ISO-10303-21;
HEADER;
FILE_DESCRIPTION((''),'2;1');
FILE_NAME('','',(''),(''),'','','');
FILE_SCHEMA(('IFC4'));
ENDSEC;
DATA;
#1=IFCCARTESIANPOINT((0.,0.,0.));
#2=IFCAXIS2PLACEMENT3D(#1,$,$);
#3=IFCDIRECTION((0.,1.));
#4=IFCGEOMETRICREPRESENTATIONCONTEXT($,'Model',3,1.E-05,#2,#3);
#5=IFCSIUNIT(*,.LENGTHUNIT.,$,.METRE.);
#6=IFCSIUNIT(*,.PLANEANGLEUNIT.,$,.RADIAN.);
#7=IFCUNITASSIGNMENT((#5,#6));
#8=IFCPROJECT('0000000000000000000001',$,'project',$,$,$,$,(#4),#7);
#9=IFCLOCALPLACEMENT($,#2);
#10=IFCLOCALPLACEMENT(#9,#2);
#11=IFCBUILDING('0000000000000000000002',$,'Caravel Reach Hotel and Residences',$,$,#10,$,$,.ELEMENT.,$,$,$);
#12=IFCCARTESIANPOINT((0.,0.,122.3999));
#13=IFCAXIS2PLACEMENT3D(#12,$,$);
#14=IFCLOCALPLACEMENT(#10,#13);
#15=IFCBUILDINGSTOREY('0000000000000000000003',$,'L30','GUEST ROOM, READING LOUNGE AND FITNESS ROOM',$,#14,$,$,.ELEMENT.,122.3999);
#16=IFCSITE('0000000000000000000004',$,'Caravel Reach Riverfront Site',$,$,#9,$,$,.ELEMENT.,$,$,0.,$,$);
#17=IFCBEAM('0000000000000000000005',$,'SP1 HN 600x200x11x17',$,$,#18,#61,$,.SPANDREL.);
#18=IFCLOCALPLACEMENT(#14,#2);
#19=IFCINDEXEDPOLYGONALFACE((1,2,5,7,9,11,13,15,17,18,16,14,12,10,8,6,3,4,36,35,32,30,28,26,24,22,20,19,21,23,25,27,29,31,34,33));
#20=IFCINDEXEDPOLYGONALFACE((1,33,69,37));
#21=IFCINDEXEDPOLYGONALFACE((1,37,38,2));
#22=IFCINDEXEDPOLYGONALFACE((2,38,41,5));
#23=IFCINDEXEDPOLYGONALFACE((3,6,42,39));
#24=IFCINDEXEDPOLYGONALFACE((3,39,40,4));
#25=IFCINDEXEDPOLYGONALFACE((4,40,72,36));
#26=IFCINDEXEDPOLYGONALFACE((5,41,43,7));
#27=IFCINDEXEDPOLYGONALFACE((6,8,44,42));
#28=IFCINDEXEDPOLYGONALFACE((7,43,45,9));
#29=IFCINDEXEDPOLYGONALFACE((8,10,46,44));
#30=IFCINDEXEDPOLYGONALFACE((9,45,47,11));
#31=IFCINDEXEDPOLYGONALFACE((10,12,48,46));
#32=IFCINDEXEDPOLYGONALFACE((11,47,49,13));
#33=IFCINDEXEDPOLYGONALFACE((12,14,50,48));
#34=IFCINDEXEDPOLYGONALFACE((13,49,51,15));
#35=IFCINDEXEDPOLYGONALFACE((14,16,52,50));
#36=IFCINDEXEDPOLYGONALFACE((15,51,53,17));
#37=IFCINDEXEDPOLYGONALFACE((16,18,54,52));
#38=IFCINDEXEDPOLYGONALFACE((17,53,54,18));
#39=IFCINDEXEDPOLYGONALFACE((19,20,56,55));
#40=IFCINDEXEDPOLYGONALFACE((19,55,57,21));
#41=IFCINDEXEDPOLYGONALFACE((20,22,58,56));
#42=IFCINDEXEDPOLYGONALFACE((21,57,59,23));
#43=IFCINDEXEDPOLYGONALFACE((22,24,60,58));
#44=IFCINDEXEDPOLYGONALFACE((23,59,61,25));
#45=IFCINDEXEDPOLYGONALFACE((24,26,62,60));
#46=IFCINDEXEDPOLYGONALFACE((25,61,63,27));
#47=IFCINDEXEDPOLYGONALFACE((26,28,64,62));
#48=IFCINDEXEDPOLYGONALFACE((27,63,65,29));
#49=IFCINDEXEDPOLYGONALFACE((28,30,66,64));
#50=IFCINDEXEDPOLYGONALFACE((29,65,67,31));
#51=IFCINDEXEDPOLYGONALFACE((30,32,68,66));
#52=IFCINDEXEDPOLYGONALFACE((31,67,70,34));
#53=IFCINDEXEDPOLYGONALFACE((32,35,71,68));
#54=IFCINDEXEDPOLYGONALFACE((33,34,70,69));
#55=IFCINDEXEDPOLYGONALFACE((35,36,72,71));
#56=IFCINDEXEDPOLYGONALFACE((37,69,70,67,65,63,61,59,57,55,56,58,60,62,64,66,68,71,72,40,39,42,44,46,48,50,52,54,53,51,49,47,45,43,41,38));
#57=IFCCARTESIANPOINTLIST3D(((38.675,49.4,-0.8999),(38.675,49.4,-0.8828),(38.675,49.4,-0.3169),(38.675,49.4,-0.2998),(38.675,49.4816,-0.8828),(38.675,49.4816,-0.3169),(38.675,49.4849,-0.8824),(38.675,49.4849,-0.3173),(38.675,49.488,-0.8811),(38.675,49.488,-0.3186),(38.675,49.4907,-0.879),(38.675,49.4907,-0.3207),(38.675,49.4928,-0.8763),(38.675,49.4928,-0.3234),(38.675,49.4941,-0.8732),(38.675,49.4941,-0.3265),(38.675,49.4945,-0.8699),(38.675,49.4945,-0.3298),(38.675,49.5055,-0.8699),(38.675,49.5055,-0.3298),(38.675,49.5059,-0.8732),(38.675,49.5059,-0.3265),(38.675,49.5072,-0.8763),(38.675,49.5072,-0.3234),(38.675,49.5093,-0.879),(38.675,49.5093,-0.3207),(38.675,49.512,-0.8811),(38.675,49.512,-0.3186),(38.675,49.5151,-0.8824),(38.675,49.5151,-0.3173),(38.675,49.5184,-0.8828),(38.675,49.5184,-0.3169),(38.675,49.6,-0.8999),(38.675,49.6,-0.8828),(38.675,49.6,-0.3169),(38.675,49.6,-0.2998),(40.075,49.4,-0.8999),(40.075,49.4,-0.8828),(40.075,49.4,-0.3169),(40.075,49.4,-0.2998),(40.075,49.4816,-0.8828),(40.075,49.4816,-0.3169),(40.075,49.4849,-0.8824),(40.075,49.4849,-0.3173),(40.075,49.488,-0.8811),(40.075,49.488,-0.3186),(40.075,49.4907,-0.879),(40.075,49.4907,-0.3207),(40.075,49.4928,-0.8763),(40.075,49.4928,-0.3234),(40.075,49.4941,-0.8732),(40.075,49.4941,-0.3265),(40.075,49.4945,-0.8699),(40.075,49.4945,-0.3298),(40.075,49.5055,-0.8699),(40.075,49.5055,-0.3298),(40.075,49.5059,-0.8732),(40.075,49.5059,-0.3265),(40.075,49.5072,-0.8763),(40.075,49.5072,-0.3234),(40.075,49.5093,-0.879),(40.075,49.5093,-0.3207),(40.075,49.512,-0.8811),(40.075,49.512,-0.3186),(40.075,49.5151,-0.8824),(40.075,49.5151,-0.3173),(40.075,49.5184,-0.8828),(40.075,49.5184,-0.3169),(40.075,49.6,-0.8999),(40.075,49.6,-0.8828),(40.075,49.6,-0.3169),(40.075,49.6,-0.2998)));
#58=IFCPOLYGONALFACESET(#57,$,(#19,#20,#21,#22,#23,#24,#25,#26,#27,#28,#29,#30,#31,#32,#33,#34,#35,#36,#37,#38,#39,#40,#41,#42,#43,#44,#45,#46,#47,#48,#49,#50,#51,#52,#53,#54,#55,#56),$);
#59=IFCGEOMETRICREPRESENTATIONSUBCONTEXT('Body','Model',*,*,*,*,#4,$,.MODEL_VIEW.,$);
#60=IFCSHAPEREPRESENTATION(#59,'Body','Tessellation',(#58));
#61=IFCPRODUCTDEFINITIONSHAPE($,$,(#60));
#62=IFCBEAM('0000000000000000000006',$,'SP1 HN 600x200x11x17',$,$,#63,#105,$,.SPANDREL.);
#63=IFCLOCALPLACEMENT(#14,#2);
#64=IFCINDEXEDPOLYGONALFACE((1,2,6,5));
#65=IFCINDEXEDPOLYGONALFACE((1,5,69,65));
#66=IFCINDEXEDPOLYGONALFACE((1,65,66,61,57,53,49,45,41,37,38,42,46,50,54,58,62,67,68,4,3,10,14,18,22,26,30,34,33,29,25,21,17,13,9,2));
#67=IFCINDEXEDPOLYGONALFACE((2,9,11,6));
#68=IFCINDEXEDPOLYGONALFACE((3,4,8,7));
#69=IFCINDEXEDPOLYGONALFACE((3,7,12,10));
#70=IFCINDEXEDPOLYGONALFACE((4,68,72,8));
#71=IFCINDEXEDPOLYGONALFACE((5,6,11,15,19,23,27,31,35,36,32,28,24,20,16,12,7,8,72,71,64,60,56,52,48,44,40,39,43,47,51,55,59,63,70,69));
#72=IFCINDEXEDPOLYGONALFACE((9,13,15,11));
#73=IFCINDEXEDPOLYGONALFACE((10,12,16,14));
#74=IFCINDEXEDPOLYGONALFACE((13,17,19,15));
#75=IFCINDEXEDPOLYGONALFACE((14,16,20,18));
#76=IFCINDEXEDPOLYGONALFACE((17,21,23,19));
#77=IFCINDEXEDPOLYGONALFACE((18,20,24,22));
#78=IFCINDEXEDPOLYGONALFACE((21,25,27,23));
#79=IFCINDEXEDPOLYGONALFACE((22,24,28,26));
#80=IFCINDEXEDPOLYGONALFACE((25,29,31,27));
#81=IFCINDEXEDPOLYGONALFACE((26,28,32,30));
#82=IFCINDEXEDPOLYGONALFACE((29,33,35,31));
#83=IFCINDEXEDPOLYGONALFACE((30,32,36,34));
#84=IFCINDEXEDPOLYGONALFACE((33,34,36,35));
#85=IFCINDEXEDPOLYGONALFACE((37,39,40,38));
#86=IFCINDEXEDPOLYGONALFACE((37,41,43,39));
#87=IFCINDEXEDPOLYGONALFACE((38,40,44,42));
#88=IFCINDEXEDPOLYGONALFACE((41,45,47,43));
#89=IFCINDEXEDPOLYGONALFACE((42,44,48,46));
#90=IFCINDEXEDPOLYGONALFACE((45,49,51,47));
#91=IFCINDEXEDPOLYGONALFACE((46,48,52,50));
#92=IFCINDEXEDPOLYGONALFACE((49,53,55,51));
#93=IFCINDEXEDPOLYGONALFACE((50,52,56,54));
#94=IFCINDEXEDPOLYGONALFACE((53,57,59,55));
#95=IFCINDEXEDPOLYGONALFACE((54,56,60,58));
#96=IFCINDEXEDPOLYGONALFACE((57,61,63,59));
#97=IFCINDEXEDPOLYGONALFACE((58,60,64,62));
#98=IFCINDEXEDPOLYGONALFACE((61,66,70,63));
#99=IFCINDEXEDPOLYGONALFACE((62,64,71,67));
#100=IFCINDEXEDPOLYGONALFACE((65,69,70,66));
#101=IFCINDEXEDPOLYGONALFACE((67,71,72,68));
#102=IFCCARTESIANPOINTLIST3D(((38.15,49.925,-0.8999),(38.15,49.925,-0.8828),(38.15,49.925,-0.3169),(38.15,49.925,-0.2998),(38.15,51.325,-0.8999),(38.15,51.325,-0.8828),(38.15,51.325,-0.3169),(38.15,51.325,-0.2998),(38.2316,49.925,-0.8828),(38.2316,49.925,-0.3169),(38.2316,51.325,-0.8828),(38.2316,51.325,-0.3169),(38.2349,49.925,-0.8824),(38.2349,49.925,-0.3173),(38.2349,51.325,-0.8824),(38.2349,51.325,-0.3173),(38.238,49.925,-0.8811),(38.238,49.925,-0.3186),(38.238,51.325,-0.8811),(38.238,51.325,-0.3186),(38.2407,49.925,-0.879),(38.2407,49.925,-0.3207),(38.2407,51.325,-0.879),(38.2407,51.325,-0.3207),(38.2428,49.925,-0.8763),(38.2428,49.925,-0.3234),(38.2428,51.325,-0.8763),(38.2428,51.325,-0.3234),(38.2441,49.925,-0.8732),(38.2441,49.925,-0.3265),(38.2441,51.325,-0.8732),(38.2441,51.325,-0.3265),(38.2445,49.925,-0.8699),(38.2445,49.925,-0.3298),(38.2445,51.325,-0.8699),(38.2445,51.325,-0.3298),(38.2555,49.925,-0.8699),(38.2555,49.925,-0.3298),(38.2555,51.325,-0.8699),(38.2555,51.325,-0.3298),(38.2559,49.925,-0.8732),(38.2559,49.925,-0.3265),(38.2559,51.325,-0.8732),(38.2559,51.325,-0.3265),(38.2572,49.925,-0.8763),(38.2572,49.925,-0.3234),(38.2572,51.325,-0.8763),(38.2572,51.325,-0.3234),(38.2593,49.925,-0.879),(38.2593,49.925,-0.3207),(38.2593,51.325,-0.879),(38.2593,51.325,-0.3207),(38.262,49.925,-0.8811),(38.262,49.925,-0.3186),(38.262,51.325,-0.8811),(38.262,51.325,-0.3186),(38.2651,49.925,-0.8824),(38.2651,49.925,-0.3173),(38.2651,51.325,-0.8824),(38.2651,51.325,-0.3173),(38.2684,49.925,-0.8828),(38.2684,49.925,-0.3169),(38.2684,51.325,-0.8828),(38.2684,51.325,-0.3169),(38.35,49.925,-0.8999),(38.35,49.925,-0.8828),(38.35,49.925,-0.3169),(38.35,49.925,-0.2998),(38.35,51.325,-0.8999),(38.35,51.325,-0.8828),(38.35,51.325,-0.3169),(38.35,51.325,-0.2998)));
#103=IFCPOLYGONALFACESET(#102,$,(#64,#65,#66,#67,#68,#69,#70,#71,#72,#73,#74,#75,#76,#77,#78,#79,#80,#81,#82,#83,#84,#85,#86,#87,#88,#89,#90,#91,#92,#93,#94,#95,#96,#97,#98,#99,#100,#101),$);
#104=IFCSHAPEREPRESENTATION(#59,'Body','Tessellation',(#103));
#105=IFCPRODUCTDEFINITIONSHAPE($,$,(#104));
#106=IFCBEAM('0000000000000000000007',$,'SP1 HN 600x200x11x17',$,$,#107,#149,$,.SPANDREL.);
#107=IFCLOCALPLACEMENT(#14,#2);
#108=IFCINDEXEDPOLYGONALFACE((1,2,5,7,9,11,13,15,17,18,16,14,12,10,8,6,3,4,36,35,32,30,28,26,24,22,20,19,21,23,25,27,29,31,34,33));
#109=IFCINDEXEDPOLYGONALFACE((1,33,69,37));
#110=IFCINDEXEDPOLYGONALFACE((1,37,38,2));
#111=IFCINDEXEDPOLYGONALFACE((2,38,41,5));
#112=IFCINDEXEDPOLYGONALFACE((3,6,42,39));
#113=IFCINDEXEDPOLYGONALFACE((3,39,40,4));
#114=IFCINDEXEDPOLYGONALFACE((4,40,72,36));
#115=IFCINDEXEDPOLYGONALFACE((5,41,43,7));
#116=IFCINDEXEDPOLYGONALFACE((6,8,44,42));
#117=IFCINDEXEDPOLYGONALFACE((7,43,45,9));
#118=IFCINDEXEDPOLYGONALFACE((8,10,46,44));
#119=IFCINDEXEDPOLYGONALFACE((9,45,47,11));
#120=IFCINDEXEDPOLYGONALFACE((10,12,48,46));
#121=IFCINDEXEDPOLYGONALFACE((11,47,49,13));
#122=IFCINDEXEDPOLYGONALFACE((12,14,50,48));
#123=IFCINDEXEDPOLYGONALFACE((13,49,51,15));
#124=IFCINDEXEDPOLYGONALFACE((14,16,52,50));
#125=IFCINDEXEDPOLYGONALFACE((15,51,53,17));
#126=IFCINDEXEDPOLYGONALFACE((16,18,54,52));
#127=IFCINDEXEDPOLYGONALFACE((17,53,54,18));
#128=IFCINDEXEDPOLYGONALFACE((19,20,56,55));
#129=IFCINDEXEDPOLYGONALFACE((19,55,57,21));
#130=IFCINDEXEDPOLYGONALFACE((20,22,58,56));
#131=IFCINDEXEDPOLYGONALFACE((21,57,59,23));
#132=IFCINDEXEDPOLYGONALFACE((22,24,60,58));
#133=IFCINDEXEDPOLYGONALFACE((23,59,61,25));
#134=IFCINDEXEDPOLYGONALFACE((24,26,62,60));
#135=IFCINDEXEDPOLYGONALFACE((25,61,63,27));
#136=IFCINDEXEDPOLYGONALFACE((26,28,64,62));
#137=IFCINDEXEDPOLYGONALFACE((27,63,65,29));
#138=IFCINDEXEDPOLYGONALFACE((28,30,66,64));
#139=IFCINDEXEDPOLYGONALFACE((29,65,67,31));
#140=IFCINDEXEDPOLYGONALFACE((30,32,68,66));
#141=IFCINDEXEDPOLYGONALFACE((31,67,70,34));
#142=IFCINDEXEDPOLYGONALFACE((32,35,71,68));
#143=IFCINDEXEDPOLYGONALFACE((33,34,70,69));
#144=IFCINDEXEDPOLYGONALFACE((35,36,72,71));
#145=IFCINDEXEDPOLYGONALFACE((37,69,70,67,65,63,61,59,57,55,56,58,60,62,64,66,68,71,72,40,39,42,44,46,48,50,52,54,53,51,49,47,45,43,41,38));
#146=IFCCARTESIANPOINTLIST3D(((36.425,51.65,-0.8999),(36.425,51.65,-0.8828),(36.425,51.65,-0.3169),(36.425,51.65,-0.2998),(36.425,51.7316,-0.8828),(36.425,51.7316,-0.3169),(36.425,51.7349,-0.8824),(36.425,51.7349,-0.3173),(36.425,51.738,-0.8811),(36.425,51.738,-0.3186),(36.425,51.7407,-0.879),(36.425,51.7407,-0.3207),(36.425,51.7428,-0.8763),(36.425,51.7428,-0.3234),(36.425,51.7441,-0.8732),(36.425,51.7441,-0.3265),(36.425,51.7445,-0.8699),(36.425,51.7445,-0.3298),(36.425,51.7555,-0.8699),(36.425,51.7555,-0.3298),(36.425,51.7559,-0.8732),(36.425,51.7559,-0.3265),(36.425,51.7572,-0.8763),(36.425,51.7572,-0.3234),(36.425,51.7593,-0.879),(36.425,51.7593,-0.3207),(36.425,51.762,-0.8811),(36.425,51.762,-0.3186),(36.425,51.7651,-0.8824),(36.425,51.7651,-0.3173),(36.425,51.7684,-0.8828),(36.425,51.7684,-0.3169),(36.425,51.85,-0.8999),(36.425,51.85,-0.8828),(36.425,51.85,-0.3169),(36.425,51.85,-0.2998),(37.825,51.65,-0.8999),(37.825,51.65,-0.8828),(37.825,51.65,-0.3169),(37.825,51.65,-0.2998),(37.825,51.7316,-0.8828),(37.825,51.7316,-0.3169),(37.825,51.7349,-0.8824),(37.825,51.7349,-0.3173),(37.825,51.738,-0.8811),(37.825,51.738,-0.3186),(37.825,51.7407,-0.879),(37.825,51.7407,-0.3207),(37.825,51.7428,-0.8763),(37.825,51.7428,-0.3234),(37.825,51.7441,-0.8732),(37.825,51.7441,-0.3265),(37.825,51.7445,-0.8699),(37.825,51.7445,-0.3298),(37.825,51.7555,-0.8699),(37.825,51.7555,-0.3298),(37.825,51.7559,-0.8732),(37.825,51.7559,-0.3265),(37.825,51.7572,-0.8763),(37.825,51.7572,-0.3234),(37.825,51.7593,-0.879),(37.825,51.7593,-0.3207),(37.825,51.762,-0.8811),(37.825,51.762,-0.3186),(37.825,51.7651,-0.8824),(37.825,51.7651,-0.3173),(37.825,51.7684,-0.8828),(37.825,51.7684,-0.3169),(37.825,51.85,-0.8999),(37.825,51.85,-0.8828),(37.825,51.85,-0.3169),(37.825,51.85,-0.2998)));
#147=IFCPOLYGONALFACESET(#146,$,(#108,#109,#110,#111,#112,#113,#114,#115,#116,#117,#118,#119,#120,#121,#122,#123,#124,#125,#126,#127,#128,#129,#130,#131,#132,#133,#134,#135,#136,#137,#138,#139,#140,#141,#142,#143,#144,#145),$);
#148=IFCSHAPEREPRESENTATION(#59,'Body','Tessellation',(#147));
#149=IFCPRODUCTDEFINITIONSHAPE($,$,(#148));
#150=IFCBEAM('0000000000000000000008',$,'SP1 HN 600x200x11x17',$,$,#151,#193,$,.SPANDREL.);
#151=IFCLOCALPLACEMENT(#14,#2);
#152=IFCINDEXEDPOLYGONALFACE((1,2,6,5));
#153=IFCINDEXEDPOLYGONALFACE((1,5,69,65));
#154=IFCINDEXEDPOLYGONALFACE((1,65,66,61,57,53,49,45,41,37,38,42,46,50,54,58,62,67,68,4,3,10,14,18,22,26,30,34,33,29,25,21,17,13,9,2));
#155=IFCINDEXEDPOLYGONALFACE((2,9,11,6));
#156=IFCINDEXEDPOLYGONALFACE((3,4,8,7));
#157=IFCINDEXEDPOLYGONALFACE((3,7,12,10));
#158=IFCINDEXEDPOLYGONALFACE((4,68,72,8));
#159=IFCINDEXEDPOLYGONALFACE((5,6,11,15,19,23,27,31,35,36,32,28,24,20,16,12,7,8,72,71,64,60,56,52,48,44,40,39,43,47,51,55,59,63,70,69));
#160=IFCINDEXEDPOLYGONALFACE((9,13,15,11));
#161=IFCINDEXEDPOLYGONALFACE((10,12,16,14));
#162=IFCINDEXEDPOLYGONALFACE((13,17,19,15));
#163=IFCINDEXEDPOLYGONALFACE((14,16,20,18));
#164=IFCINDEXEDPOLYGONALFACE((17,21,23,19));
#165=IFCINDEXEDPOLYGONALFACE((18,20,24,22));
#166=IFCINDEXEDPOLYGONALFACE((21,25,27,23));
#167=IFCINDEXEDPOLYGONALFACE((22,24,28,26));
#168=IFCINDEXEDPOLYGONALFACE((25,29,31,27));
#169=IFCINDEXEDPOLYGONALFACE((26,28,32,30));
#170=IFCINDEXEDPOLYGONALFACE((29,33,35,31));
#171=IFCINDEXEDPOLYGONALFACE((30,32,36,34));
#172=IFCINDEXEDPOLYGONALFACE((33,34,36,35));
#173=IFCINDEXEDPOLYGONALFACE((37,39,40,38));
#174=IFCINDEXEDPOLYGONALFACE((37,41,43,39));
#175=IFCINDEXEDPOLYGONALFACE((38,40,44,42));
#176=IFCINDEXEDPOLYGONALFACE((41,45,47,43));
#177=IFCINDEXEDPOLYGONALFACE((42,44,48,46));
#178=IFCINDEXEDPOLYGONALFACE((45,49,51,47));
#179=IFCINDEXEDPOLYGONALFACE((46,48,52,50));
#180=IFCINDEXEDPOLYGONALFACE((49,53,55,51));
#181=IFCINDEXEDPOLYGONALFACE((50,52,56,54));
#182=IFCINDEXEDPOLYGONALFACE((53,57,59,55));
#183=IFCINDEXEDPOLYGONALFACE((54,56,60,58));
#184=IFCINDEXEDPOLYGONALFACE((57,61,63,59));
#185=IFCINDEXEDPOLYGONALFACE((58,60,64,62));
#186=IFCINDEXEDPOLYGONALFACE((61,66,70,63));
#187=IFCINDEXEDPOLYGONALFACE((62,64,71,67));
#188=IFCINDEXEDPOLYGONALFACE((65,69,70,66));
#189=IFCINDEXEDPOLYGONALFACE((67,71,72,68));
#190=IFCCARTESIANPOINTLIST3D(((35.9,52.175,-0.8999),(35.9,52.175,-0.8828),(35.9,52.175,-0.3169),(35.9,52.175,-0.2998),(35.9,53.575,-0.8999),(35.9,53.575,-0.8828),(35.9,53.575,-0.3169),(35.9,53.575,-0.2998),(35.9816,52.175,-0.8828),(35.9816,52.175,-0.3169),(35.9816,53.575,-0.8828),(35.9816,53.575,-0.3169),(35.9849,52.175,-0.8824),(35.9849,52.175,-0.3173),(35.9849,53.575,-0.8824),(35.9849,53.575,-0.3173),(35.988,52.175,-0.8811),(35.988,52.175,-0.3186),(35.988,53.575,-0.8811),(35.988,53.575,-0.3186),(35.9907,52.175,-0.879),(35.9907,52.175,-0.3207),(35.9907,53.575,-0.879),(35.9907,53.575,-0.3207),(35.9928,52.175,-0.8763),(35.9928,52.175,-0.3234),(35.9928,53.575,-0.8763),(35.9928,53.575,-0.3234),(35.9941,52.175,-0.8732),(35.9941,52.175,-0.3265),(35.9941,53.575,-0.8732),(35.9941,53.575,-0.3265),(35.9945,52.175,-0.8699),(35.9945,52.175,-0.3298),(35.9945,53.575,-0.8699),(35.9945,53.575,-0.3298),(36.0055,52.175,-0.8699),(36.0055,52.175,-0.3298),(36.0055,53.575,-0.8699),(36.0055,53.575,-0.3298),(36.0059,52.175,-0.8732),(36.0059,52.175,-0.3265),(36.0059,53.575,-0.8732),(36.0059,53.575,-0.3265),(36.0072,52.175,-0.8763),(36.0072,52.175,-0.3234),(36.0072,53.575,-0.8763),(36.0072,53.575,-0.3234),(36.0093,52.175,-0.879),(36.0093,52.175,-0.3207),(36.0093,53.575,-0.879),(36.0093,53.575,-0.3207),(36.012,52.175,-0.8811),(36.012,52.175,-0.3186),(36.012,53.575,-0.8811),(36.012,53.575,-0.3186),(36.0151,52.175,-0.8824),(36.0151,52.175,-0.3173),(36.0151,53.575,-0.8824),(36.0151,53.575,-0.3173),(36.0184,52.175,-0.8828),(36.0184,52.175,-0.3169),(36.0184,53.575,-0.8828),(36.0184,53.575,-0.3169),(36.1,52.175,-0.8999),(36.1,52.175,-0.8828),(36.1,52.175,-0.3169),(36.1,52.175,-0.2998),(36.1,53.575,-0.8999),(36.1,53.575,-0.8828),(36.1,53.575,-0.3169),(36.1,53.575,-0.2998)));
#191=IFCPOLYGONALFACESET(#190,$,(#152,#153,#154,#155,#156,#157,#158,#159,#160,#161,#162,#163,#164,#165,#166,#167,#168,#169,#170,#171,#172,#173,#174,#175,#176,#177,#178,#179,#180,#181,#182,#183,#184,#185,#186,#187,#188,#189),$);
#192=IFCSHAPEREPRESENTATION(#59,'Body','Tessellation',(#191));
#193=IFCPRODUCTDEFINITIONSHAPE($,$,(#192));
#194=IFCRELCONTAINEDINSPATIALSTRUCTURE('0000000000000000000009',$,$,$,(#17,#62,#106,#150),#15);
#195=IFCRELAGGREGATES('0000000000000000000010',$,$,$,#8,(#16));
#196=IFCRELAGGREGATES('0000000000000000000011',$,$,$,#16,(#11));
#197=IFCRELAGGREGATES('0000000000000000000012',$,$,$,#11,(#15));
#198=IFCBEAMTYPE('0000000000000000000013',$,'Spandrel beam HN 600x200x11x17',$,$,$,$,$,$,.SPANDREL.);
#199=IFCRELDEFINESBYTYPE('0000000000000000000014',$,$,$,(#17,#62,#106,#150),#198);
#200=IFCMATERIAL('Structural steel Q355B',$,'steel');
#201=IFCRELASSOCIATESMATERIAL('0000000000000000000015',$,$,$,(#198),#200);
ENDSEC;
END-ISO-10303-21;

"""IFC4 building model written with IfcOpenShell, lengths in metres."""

from ifc_helpers import new_model, si_unit, direction, frame, origin, origin_2d, place, context, subcontext, project, spatial, i_section, extrude, material, material_profile, profile_set, type_object, element, save


model = new_model("IFC4")

# Units and contexts
model_context = context("Model", 3, precision=1e-05, world=origin(), true_north=direction((0.0, 1.0)))
body_context = subcontext(model_context, "Body", "Model", "MODEL_VIEW")
ifc_project = project(units=[si_unit("LENGTHUNIT", "METRE"), si_unit("PLANEANGLEUNIT", "RADIAN")], contexts=[model_context])

# Site, building, storey
site_placement = place(None, origin())
site = spatial("IfcSite", under=ifc_project, at=site_placement, Name="Caravel Reach Riverfront Site", CompositionType="ELEMENT", RefElevation=0.0)
building_placement = place(site_placement, origin())
building = spatial("IfcBuilding", under=site, at=building_placement, Name="Caravel Reach Hotel and Residences", CompositionType="ELEMENT")
storey_placement = place(building_placement, frame((0.0, 0.0, 122.3999)))
storey = spatial("IfcBuildingStorey", under=building, at=storey_placement, Name="L30", Description="GUEST ROOM, READING LOUNGE AND FITNESS ROOM", CompositionType="ELEMENT", Elevation=122.3999)

# Beams
ifc_material_1 = material(Name="Structural steel Q355B", Category="steel")
ifc_material_profile_1 = material_profile(ifc_material_1, i_section(OverallWidth=0.2, OverallDepth=0.6001, WebThickness=0.011, FlangeThickness=0.0171, FilletRadius=0.0129, at=origin_2d()), Name="HN 600x200x11x17")
ifc_profile_set_1 = profile_set([ifc_material_profile_1], Name="Structural steel Q355B")
beam_type_1 = type_object("IfcBeamType", Name="Spandrel beam HN 600x200x11x17", PredefinedType="SPANDREL", material=ifc_profile_set_1)
for number, where, z_axis, x_axis, name in (
    (1, (40.075, 49.5, -0.5999), (-1.0, 0.0, 0.0), (0.0, -1.0, 0.0), "SP1 HN 600x200x11x17"),
    (2, (38.25, 49.925, -0.5999), (0.0, 1.0, 0.0), (-1.0, 0.0, 0.0), "SP1 HN 600x200x11x17"),
    (3, (37.825, 51.75, -0.5999), (-1.0, 0.0, 0.0), (0.0, -1.0, 0.0), "SP1 HN 600x200x11x17"),
    (4, (36.0, 52.175, -0.5999), (0.0, 1.0, 0.0), (-1.0, 0.0, 0.0), "SP1 HN 600x200x11x17"),
):
    element("IfcBeam", number, at=place(storey_placement, frame(where, z_axis=z_axis, x_axis=x_axis)), inside=storey, type_object=beam_type_1, Name=name, PredefinedType="SPANDREL", context=body_context, shape_type="SweptSolid", body=[
        extrude(i_section(OverallWidth=0.2, OverallDepth=0.6001, WebThickness=0.011, FlangeThickness=0.0171, FilletRadius=0.0129, at=origin_2d()), origin(), (0.0, 0.0, 1.0), 1.3999),
    ])

save(model, "model.ifc")
